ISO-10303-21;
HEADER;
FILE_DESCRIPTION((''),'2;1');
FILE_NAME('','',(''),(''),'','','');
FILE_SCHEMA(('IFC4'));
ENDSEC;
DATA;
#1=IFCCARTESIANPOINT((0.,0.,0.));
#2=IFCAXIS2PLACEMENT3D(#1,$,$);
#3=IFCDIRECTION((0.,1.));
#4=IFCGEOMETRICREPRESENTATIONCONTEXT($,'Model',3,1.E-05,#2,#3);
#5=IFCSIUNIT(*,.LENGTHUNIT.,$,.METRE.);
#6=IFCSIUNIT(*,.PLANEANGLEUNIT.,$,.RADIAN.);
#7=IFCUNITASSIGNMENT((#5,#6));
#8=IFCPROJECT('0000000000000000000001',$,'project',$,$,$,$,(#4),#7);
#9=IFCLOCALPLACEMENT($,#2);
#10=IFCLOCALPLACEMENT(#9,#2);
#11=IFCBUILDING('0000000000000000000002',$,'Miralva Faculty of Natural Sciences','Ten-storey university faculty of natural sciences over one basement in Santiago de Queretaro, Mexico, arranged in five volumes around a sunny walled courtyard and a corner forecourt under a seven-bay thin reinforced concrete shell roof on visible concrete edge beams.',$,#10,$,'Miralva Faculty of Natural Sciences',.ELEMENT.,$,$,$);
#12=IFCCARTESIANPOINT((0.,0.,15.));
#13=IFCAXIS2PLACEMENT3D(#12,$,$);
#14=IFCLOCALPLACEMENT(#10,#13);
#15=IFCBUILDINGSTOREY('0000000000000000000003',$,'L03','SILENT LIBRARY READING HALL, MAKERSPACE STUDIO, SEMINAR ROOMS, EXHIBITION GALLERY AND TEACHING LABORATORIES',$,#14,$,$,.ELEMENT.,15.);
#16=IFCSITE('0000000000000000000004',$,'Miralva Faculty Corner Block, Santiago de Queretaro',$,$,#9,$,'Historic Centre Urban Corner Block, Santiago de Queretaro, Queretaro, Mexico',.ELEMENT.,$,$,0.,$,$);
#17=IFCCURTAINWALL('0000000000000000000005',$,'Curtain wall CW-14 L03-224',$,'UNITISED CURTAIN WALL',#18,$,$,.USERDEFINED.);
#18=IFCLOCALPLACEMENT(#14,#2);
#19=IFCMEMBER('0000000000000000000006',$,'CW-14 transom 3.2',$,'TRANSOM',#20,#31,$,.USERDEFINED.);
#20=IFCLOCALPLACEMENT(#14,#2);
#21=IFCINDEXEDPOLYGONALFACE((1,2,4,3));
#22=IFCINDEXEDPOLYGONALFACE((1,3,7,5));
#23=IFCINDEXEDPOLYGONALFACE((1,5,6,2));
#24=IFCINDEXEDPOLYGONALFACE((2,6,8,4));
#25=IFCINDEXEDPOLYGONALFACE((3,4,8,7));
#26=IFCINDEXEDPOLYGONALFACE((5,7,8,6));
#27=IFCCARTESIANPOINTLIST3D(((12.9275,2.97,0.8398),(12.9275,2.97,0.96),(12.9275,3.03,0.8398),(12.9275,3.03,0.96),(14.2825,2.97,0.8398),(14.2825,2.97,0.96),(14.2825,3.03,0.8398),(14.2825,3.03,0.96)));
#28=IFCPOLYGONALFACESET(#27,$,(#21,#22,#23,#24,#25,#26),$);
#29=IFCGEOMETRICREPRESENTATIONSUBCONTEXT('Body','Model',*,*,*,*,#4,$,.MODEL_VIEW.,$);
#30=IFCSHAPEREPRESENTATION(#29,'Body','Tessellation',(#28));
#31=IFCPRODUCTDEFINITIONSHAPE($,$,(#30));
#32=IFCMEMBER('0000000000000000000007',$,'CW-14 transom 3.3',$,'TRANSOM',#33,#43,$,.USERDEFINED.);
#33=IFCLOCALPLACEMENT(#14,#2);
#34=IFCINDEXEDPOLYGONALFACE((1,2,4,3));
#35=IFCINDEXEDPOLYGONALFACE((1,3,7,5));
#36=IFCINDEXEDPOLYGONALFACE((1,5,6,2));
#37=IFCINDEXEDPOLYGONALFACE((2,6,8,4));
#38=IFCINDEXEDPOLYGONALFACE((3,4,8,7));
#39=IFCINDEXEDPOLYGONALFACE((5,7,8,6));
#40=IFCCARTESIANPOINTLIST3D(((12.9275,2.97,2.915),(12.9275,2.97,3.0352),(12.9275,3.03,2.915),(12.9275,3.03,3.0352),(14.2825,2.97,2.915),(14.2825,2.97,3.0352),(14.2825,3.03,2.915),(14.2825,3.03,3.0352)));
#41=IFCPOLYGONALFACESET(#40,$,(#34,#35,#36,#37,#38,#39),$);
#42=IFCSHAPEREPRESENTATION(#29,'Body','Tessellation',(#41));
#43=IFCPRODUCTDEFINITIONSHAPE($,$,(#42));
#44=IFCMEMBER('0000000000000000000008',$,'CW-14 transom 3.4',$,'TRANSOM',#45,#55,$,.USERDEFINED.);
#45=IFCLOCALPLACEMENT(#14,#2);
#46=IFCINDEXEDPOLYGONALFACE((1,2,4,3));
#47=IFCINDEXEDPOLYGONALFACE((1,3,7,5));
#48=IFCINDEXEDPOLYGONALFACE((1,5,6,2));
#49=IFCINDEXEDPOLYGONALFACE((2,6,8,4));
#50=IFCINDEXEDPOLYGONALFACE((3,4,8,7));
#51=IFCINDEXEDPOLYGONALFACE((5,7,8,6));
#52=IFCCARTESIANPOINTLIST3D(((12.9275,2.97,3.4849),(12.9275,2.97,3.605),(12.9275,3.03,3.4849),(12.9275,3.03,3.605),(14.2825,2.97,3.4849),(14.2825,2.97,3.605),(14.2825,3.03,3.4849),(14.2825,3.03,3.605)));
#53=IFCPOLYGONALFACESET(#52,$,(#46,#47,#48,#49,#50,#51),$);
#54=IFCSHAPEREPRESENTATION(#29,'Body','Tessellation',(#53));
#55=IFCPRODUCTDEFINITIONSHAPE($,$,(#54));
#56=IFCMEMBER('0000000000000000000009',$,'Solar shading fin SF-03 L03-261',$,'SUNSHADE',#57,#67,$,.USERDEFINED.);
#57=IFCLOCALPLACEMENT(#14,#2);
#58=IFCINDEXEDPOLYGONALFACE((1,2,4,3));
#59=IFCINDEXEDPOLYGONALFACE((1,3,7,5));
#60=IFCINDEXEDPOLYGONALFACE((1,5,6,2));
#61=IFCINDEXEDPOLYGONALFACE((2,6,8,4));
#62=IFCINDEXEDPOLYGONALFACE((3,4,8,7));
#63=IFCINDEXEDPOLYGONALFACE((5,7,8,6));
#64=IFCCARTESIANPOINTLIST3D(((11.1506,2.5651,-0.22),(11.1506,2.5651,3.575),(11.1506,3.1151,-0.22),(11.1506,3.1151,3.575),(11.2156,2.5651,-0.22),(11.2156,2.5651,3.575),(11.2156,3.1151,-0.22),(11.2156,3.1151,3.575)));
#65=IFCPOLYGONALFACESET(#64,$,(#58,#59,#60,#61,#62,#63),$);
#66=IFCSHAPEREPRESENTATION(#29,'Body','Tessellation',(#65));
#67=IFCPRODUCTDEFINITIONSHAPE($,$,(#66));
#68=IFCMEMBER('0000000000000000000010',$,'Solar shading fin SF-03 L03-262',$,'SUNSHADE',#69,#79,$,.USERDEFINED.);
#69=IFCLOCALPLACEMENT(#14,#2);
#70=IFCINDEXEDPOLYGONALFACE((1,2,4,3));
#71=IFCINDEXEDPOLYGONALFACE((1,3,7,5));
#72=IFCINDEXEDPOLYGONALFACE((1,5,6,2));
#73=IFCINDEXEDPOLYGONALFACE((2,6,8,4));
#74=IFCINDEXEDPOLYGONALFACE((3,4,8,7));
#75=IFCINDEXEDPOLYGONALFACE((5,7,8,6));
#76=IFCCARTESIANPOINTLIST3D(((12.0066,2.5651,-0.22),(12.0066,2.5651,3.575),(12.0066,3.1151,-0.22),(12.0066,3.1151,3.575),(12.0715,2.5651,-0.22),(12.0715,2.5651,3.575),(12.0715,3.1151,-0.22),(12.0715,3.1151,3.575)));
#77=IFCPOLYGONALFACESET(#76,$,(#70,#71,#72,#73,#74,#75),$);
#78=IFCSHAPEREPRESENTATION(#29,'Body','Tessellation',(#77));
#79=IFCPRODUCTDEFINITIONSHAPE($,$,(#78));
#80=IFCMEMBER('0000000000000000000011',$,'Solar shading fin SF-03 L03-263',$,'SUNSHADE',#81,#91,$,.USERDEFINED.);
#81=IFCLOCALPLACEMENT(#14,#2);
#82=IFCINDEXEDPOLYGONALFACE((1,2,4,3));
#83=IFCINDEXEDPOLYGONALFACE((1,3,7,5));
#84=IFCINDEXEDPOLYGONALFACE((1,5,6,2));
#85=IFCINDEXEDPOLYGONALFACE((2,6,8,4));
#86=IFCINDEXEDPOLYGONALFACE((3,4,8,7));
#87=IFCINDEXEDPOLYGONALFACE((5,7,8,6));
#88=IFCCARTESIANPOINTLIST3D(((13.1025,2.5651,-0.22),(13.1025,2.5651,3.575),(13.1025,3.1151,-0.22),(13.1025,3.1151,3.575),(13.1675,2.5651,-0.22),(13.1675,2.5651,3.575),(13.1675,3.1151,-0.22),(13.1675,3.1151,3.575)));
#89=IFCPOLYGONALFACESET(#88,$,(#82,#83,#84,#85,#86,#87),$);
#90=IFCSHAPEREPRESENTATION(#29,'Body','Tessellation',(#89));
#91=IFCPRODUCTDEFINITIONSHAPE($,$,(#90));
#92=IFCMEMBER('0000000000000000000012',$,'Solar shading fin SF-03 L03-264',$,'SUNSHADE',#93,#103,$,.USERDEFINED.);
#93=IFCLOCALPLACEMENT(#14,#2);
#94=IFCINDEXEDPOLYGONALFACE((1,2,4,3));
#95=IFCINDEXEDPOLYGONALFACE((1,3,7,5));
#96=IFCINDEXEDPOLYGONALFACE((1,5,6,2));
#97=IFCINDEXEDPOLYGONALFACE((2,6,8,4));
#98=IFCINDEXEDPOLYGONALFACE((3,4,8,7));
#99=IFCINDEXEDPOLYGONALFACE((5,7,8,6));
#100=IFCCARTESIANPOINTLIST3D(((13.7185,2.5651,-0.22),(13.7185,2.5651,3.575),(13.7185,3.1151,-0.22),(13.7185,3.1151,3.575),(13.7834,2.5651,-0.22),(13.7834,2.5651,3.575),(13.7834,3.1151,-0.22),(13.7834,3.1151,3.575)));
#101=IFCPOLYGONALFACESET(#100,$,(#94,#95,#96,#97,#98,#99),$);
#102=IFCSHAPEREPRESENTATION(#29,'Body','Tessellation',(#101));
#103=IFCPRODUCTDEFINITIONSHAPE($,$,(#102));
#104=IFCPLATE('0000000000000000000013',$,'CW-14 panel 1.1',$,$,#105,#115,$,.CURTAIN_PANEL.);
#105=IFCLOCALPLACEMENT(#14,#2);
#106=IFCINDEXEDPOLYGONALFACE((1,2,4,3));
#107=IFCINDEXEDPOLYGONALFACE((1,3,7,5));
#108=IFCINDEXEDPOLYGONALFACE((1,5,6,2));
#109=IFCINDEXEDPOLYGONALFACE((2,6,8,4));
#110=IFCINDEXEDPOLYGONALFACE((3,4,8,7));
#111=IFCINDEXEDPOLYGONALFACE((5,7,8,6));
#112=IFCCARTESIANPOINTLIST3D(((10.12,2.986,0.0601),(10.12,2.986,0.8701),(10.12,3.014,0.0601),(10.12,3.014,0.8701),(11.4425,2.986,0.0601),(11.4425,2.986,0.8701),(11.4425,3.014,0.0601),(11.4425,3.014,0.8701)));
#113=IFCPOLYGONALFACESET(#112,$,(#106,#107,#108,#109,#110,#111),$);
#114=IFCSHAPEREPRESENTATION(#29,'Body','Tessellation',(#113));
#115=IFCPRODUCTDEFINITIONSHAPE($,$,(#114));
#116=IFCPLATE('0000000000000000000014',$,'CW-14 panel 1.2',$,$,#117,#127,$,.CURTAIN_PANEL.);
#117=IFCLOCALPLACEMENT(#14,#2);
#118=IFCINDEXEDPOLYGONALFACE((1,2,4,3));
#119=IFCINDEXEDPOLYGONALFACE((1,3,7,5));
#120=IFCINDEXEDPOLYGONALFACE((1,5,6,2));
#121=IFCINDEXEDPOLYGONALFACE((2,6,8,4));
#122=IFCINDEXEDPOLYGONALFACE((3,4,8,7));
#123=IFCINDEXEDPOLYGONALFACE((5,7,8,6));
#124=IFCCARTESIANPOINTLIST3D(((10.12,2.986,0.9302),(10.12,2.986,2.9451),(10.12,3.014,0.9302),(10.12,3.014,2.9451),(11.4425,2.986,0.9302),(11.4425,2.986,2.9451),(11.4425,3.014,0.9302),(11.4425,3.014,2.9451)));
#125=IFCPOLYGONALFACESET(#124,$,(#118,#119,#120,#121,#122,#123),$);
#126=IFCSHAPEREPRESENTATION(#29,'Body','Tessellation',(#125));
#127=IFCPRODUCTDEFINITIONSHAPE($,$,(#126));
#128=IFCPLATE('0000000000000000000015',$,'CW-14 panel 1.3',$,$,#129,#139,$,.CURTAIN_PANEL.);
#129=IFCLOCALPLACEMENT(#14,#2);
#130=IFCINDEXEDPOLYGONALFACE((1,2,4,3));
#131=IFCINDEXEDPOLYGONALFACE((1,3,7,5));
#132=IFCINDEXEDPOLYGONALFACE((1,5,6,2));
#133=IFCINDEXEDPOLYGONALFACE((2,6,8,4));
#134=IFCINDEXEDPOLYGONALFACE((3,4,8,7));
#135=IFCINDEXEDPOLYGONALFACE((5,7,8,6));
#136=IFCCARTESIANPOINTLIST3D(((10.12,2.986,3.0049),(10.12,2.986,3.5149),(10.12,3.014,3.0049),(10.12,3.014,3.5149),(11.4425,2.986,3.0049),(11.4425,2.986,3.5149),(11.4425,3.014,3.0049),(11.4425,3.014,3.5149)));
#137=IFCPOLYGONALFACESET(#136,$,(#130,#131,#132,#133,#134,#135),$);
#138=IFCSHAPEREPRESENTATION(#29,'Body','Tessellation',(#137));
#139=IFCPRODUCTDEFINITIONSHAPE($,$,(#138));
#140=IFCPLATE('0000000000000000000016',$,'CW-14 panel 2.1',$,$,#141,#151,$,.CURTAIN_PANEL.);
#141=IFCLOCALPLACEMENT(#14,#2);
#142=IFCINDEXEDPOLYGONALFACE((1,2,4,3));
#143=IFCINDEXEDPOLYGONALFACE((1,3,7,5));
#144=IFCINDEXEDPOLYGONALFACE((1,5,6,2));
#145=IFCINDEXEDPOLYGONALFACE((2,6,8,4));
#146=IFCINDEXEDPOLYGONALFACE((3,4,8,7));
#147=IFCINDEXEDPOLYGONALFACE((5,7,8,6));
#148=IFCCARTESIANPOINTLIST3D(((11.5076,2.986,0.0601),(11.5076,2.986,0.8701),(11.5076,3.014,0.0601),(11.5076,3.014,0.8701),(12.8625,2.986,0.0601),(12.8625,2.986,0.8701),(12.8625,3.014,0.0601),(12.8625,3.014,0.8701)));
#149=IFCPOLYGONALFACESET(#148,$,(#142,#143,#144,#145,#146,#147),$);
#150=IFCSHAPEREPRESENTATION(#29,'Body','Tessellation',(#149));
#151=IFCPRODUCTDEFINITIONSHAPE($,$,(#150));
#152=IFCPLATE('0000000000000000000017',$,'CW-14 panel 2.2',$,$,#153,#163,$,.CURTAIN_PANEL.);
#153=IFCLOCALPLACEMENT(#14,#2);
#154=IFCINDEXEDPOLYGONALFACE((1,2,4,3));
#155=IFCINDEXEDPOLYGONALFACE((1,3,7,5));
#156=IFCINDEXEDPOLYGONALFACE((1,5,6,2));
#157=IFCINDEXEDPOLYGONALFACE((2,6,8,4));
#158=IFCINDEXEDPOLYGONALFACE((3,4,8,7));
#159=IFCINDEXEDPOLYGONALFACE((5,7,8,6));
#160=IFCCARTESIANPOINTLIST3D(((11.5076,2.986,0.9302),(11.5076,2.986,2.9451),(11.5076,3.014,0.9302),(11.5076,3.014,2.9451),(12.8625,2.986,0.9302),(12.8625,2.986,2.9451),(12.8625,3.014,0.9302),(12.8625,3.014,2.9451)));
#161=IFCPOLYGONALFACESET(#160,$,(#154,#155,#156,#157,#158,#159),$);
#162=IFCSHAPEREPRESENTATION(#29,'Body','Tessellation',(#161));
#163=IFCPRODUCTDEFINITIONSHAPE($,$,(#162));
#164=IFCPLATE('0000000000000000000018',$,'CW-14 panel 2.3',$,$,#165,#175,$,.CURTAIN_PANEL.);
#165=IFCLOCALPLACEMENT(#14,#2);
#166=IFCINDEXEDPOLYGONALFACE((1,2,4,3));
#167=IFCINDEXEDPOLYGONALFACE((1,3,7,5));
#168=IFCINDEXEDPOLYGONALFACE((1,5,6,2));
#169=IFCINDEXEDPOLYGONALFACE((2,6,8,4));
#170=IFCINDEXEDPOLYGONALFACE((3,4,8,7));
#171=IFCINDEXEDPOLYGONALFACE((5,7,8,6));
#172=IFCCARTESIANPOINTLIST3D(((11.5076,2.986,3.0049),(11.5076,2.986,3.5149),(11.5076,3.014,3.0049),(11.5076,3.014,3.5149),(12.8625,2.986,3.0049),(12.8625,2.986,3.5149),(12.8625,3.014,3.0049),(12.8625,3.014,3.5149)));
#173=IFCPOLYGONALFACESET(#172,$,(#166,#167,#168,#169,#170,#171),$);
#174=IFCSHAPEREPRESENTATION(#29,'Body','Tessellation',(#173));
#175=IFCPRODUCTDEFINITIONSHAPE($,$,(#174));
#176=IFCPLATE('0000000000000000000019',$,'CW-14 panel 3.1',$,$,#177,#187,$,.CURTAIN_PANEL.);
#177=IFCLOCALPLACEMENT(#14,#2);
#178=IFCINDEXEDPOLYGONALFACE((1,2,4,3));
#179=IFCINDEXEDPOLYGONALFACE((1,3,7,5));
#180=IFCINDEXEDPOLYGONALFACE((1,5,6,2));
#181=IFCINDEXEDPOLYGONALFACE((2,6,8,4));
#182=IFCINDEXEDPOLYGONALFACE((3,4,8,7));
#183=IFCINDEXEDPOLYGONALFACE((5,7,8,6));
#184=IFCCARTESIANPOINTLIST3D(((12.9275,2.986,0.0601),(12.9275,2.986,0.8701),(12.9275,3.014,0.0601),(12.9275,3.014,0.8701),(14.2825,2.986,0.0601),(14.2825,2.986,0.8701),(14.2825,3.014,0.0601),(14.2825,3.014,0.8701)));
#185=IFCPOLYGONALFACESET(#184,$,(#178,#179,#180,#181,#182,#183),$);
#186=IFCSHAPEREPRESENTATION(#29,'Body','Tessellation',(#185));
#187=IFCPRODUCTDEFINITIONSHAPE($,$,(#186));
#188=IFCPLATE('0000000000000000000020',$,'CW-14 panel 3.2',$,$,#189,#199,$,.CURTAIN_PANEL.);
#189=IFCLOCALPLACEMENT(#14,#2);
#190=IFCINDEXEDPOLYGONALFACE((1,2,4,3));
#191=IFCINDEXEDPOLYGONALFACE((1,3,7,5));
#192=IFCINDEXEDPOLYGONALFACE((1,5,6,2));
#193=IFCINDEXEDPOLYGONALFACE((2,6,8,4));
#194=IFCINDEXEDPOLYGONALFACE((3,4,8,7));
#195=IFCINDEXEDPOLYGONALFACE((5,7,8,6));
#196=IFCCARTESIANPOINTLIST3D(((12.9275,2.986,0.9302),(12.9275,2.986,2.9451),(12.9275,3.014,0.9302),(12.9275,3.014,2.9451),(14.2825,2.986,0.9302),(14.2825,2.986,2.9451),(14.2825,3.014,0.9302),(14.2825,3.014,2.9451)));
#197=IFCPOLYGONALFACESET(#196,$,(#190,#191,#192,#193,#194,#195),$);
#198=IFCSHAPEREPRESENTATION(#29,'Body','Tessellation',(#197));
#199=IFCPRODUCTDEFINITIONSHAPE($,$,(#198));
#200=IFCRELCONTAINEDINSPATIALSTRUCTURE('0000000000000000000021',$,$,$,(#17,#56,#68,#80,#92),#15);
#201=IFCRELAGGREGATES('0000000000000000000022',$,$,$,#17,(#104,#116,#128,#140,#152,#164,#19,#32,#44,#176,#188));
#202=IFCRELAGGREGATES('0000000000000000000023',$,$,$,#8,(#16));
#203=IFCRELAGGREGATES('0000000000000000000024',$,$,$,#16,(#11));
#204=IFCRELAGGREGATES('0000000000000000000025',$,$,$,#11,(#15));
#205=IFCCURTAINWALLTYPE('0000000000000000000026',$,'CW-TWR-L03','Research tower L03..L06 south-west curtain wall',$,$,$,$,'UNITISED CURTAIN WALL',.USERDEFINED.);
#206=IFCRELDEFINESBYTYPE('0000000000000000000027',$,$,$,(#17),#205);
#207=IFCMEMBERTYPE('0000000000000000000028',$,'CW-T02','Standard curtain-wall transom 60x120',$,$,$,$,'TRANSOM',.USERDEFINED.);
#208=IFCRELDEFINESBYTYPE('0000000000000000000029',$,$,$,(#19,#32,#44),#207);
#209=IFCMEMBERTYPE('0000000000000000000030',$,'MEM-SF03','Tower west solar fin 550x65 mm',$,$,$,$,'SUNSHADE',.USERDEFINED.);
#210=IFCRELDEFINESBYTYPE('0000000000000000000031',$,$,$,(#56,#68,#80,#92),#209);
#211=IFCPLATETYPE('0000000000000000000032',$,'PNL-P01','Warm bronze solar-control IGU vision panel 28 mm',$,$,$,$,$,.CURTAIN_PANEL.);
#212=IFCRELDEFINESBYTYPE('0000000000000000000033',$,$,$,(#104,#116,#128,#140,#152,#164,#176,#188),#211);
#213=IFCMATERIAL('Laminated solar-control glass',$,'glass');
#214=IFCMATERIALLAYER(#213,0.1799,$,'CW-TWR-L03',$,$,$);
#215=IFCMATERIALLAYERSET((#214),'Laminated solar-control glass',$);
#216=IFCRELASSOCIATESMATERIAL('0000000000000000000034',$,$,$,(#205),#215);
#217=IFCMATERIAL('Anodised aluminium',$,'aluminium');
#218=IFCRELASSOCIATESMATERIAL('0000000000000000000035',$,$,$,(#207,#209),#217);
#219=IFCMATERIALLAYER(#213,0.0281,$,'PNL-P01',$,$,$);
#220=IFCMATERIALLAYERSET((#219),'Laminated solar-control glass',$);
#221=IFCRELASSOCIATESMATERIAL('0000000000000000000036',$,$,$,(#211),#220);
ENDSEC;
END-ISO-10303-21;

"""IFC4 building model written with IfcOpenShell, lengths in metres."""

from ifc_helpers import new_model, si_unit, direction, frame, origin, origin_2d, place, context, subcontext, project, spatial, rectangle, extrude, material, layer, layer_set, material_profile, profile_set, type_object, element, aggregate, save


model = new_model("IFC4")

# Units and contexts
model_context = context("Model", 3, precision=1e-05, world=origin(), true_north=direction((0.0, 1.0)))
body_context = subcontext(model_context, "Body", "Model", "MODEL_VIEW")
ifc_project = project(units=[si_unit("LENGTHUNIT", "METRE"), si_unit("PLANEANGLEUNIT", "RADIAN")], contexts=[model_context])

# Site, building, storey
site_placement = place(None, origin())
site = spatial("IfcSite", under=ifc_project, at=site_placement, Name="Miralva Faculty Corner Block, Santiago de Queretaro", LongName="Historic Centre Urban Corner Block, Santiago de Queretaro, Queretaro, Mexico", CompositionType="ELEMENT", RefElevation=0.0)
building_placement = place(site_placement, origin())
building = spatial("IfcBuilding", under=site, at=building_placement, Name="Miralva Faculty of Natural Sciences", Description="Ten-storey university faculty of natural sciences over one basement in Santiago de Queretaro, Mexico, arranged in five volumes around a sunny walled courtyard and a corner forecourt under a seven-bay thin reinforced concrete shell roof on visible concrete edge beams.", LongName="Miralva Faculty of Natural Sciences", CompositionType="ELEMENT")
storey_placement = place(building_placement, frame((0.0, 0.0, 15.0)))
storey = spatial("IfcBuildingStorey", under=building, at=storey_placement, Name="L03", Description="SILENT LIBRARY READING HALL, MAKERSPACE STUDIO, SEMINAR ROOMS, EXHIBITION GALLERY AND TEACHING LABORATORIES", CompositionType="ELEMENT", Elevation=15.0)

# Curtain wall, members
ifc_material_1 = material(Name="Laminated solar-control glass", Category="glass")
ifc_layer_1 = layer(ifc_material_1, 0.1799, Name="CW-TWR-L03")
ifc_layer_set_1 = layer_set([ifc_layer_1], Name="Laminated solar-control glass")
curtain_wall_type = type_object("IfcCurtainWallType", Name="CW-TWR-L03", Description="Research tower L03..L06 south-west curtain wall", ElementType="UNITISED CURTAIN WALL", PredefinedType="USERDEFINED", material=ifc_layer_set_1)
curtain_wall_placement = place(storey_placement, origin())
curtain_wall = element("IfcCurtainWall", 1, at=curtain_wall_placement, inside=storey, type_object=curtain_wall_type, Name="Curtain wall CW-14 L03-224", ObjectType="UNITISED CURTAIN WALL", PredefinedType="USERDEFINED")
ifc_material_2 = material(Name="Anodised aluminium", Category="aluminium")
ifc_material_profile_1 = material_profile(ifc_material_2, rectangle(XDim=0.0601, YDim=0.1201, at=origin_2d()), Name="TRANSOM 60x120")
ifc_profile_set_1 = profile_set([ifc_material_profile_1], Name="Anodised aluminium")
member_type_1 = type_object("IfcMemberType", Name="CW-T02", Description="Standard curtain-wall transom 60x120", ElementType="TRANSOM", PredefinedType="USERDEFINED", material=ifc_profile_set_1)
member_1_placement = place(storey_placement, frame((12.9275, 3.0, 0.8999), z_axis=(1.0, 0.0, 0.0), x_axis=(0.0, 1.0, 0.0)))
member_1 = element("IfcMember", 2, at=member_1_placement, type_object=member_type_1, Name="CW-14 transom 3.2", ObjectType="TRANSOM", PredefinedType="USERDEFINED", context=body_context, shape_type="SweptSolid", body=[
    extrude(rectangle(XDim=0.0601, YDim=0.1201, at=origin_2d()), origin(), (0.0, 0.0, 1.0), 1.355),
])
member_2_placement = place(storey_placement, frame((12.9275, 3.0, 2.9751), z_axis=(1.0, 0.0, 0.0), x_axis=(0.0, 1.0, 0.0)))
member_2 = element("IfcMember", 3, at=member_2_placement, type_object=member_type_1, Name="CW-14 transom 3.3", ObjectType="TRANSOM", PredefinedType="USERDEFINED", context=body_context, shape_type="SweptSolid", body=[
    extrude(rectangle(XDim=0.0601, YDim=0.1201, at=origin_2d()), origin(), (0.0, 0.0, 1.0), 1.355),
])
member_3_placement = place(storey_placement, frame((12.9275, 3.0, 3.5449), z_axis=(1.0, 0.0, 0.0), x_axis=(0.0, 1.0, 0.0)))
member_3 = element("IfcMember", 4, at=member_3_placement, type_object=member_type_1, Name="CW-14 transom 3.4", ObjectType="TRANSOM", PredefinedType="USERDEFINED", context=body_context, shape_type="SweptSolid", body=[
    extrude(rectangle(XDim=0.0601, YDim=0.1201, at=origin_2d()), origin(), (0.0, 0.0, 1.0), 1.355),
])

# Members
ifc_material_profile_2 = material_profile(ifc_material_2, rectangle(XDim=0.0649, YDim=0.55, at=origin_2d()), Name="FIN 550x65")
ifc_profile_set_2 = profile_set([ifc_material_profile_2], Name="Anodised aluminium")
member_type_2 = type_object("IfcMemberType", Name="MEM-SF03", Description="Tower west solar fin 550x65 mm", ElementType="SUNSHADE", PredefinedType="USERDEFINED", material=ifc_profile_set_2)
for number, where, z_axis, x_axis, name in (
    (5, (11.1831, 2.8401, -0.22), (0.0, 0.0, 1.0), (1.0, 0.0, 0.0), "Solar shading fin SF-03 L03-261"),
    (6, (12.0391, 2.8401, -0.22), (0.0, 0.0, 1.0), (1.0, 0.0, 0.0), "Solar shading fin SF-03 L03-262"),
    (7, (13.135, 2.8401, -0.22), (0.0, 0.0, 1.0), (1.0, 0.0, 0.0), "Solar shading fin SF-03 L03-263"),
    (8, (13.751, 2.8401, -0.22), (0.0, 0.0, 1.0), (1.0, 0.0, 0.0), "Solar shading fin SF-03 L03-264"),
):
    element("IfcMember", number, at=place(storey_placement, frame(where, z_axis=z_axis, x_axis=x_axis)), inside=storey, type_object=member_type_2, Name=name, ObjectType="SUNSHADE", PredefinedType="USERDEFINED", context=body_context, shape_type="SweptSolid", body=[
        extrude(rectangle(XDim=0.0649, YDim=0.55, at=origin_2d()), origin(), (0.0, 0.0, 1.0), 3.7949),
    ])

# Plates
ifc_layer_2 = layer(ifc_material_1, 0.0281, Name="PNL-P01")
ifc_layer_set_2 = layer_set([ifc_layer_2], Name="Laminated solar-control glass")
plate_type = type_object("IfcPlateType", Name="PNL-P01", Description="Warm bronze solar-control IGU vision panel 28 mm", PredefinedType="CURTAIN_PANEL", material=ifc_layer_set_2)
plate_1_placement = place(storey_placement, frame((10.7812, 3.0, 0.0601), z_axis=(0.0, 0.0, 1.0), x_axis=(1.0, 0.0, 0.0)))
plate_1 = element("IfcPlate", 9, at=plate_1_placement, type_object=plate_type, Name="CW-14 panel 1.1", PredefinedType="CURTAIN_PANEL", context=body_context, shape_type="SweptSolid", body=[
    extrude(rectangle(XDim=1.3225, YDim=0.0281, at=origin_2d()), origin(), (0.0, 0.0, 1.0), 0.8101),
])
plate_2_placement = place(storey_placement, frame((10.7812, 3.0, 0.9302), z_axis=(0.0, 0.0, 1.0), x_axis=(1.0, 0.0, 0.0)))
plate_2 = element("IfcPlate", 10, at=plate_2_placement, type_object=plate_type, Name="CW-14 panel 1.2", PredefinedType="CURTAIN_PANEL", context=body_context, shape_type="SweptSolid", body=[
    extrude(rectangle(XDim=1.3225, YDim=0.0281, at=origin_2d()), origin(), (0.0, 0.0, 1.0), 2.0149),
])
plate_3_placement = place(storey_placement, frame((10.7812, 3.0, 3.0049), z_axis=(0.0, 0.0, 1.0), x_axis=(1.0, 0.0, 0.0)))
plate_3 = element("IfcPlate", 11, at=plate_3_placement, type_object=plate_type, Name="CW-14 panel 1.3", PredefinedType="CURTAIN_PANEL", context=body_context, shape_type="SweptSolid", body=[
    extrude(rectangle(XDim=1.3225, YDim=0.0281, at=origin_2d()), origin(), (0.0, 0.0, 1.0), 0.51),
])
plate_4_placement = place(storey_placement, frame((12.1851, 3.0, 0.0601), z_axis=(0.0, 0.0, 1.0), x_axis=(1.0, 0.0, 0.0)))
plate_4 = element("IfcPlate", 12, at=plate_4_placement, type_object=plate_type, Name="CW-14 panel 2.1", PredefinedType="CURTAIN_PANEL", context=body_context, shape_type="SweptSolid", body=[
    extrude(rectangle(XDim=1.355, YDim=0.0281, at=origin_2d()), origin(), (0.0, 0.0, 1.0), 0.8101),
])
plate_5_placement = place(storey_placement, frame((12.1851, 3.0, 0.9302), z_axis=(0.0, 0.0, 1.0), x_axis=(1.0, 0.0, 0.0)))
plate_5 = element("IfcPlate", 13, at=plate_5_placement, type_object=plate_type, Name="CW-14 panel 2.2", PredefinedType="CURTAIN_PANEL", context=body_context, shape_type="SweptSolid", body=[
    extrude(rectangle(XDim=1.355, YDim=0.0281, at=origin_2d()), origin(), (0.0, 0.0, 1.0), 2.0149),
])
plate_6_placement = place(storey_placement, frame((12.1851, 3.0, 3.0049), z_axis=(0.0, 0.0, 1.0), x_axis=(1.0, 0.0, 0.0)))
plate_6 = element("IfcPlate", 14, at=plate_6_placement, type_object=plate_type, Name="CW-14 panel 2.3", PredefinedType="CURTAIN_PANEL", context=body_context, shape_type="SweptSolid", body=[
    extrude(rectangle(XDim=1.355, YDim=0.0281, at=origin_2d()), origin(), (0.0, 0.0, 1.0), 0.51),
])
plate_7_placement = place(storey_placement, frame((13.605, 3.0, 0.0601), z_axis=(0.0, 0.0, 1.0), x_axis=(1.0, 0.0, 0.0)))
plate_7 = element("IfcPlate", 15, at=plate_7_placement, type_object=plate_type, Name="CW-14 panel 3.1", PredefinedType="CURTAIN_PANEL", context=body_context, shape_type="SweptSolid", body=[
    extrude(rectangle(XDim=1.355, YDim=0.0281, at=origin_2d()), origin(), (0.0, 0.0, 1.0), 0.8101),
])
plate_8_placement = place(storey_placement, frame((13.605, 3.0, 0.9302), z_axis=(0.0, 0.0, 1.0), x_axis=(1.0, 0.0, 0.0)))
plate_8 = element("IfcPlate", 16, at=plate_8_placement, type_object=plate_type, Name="CW-14 panel 3.2", PredefinedType="CURTAIN_PANEL", context=body_context, shape_type="SweptSolid", body=[
    extrude(rectangle(XDim=1.355, YDim=0.0281, at=origin_2d()), origin(), (0.0, 0.0, 1.0), 2.0149),
])
aggregate(curtain_wall, [plate_1, plate_2, plate_3, plate_4, plate_5, plate_6, member_1, member_2, member_3, plate_7, plate_8])

save(model, "model.ifc")
